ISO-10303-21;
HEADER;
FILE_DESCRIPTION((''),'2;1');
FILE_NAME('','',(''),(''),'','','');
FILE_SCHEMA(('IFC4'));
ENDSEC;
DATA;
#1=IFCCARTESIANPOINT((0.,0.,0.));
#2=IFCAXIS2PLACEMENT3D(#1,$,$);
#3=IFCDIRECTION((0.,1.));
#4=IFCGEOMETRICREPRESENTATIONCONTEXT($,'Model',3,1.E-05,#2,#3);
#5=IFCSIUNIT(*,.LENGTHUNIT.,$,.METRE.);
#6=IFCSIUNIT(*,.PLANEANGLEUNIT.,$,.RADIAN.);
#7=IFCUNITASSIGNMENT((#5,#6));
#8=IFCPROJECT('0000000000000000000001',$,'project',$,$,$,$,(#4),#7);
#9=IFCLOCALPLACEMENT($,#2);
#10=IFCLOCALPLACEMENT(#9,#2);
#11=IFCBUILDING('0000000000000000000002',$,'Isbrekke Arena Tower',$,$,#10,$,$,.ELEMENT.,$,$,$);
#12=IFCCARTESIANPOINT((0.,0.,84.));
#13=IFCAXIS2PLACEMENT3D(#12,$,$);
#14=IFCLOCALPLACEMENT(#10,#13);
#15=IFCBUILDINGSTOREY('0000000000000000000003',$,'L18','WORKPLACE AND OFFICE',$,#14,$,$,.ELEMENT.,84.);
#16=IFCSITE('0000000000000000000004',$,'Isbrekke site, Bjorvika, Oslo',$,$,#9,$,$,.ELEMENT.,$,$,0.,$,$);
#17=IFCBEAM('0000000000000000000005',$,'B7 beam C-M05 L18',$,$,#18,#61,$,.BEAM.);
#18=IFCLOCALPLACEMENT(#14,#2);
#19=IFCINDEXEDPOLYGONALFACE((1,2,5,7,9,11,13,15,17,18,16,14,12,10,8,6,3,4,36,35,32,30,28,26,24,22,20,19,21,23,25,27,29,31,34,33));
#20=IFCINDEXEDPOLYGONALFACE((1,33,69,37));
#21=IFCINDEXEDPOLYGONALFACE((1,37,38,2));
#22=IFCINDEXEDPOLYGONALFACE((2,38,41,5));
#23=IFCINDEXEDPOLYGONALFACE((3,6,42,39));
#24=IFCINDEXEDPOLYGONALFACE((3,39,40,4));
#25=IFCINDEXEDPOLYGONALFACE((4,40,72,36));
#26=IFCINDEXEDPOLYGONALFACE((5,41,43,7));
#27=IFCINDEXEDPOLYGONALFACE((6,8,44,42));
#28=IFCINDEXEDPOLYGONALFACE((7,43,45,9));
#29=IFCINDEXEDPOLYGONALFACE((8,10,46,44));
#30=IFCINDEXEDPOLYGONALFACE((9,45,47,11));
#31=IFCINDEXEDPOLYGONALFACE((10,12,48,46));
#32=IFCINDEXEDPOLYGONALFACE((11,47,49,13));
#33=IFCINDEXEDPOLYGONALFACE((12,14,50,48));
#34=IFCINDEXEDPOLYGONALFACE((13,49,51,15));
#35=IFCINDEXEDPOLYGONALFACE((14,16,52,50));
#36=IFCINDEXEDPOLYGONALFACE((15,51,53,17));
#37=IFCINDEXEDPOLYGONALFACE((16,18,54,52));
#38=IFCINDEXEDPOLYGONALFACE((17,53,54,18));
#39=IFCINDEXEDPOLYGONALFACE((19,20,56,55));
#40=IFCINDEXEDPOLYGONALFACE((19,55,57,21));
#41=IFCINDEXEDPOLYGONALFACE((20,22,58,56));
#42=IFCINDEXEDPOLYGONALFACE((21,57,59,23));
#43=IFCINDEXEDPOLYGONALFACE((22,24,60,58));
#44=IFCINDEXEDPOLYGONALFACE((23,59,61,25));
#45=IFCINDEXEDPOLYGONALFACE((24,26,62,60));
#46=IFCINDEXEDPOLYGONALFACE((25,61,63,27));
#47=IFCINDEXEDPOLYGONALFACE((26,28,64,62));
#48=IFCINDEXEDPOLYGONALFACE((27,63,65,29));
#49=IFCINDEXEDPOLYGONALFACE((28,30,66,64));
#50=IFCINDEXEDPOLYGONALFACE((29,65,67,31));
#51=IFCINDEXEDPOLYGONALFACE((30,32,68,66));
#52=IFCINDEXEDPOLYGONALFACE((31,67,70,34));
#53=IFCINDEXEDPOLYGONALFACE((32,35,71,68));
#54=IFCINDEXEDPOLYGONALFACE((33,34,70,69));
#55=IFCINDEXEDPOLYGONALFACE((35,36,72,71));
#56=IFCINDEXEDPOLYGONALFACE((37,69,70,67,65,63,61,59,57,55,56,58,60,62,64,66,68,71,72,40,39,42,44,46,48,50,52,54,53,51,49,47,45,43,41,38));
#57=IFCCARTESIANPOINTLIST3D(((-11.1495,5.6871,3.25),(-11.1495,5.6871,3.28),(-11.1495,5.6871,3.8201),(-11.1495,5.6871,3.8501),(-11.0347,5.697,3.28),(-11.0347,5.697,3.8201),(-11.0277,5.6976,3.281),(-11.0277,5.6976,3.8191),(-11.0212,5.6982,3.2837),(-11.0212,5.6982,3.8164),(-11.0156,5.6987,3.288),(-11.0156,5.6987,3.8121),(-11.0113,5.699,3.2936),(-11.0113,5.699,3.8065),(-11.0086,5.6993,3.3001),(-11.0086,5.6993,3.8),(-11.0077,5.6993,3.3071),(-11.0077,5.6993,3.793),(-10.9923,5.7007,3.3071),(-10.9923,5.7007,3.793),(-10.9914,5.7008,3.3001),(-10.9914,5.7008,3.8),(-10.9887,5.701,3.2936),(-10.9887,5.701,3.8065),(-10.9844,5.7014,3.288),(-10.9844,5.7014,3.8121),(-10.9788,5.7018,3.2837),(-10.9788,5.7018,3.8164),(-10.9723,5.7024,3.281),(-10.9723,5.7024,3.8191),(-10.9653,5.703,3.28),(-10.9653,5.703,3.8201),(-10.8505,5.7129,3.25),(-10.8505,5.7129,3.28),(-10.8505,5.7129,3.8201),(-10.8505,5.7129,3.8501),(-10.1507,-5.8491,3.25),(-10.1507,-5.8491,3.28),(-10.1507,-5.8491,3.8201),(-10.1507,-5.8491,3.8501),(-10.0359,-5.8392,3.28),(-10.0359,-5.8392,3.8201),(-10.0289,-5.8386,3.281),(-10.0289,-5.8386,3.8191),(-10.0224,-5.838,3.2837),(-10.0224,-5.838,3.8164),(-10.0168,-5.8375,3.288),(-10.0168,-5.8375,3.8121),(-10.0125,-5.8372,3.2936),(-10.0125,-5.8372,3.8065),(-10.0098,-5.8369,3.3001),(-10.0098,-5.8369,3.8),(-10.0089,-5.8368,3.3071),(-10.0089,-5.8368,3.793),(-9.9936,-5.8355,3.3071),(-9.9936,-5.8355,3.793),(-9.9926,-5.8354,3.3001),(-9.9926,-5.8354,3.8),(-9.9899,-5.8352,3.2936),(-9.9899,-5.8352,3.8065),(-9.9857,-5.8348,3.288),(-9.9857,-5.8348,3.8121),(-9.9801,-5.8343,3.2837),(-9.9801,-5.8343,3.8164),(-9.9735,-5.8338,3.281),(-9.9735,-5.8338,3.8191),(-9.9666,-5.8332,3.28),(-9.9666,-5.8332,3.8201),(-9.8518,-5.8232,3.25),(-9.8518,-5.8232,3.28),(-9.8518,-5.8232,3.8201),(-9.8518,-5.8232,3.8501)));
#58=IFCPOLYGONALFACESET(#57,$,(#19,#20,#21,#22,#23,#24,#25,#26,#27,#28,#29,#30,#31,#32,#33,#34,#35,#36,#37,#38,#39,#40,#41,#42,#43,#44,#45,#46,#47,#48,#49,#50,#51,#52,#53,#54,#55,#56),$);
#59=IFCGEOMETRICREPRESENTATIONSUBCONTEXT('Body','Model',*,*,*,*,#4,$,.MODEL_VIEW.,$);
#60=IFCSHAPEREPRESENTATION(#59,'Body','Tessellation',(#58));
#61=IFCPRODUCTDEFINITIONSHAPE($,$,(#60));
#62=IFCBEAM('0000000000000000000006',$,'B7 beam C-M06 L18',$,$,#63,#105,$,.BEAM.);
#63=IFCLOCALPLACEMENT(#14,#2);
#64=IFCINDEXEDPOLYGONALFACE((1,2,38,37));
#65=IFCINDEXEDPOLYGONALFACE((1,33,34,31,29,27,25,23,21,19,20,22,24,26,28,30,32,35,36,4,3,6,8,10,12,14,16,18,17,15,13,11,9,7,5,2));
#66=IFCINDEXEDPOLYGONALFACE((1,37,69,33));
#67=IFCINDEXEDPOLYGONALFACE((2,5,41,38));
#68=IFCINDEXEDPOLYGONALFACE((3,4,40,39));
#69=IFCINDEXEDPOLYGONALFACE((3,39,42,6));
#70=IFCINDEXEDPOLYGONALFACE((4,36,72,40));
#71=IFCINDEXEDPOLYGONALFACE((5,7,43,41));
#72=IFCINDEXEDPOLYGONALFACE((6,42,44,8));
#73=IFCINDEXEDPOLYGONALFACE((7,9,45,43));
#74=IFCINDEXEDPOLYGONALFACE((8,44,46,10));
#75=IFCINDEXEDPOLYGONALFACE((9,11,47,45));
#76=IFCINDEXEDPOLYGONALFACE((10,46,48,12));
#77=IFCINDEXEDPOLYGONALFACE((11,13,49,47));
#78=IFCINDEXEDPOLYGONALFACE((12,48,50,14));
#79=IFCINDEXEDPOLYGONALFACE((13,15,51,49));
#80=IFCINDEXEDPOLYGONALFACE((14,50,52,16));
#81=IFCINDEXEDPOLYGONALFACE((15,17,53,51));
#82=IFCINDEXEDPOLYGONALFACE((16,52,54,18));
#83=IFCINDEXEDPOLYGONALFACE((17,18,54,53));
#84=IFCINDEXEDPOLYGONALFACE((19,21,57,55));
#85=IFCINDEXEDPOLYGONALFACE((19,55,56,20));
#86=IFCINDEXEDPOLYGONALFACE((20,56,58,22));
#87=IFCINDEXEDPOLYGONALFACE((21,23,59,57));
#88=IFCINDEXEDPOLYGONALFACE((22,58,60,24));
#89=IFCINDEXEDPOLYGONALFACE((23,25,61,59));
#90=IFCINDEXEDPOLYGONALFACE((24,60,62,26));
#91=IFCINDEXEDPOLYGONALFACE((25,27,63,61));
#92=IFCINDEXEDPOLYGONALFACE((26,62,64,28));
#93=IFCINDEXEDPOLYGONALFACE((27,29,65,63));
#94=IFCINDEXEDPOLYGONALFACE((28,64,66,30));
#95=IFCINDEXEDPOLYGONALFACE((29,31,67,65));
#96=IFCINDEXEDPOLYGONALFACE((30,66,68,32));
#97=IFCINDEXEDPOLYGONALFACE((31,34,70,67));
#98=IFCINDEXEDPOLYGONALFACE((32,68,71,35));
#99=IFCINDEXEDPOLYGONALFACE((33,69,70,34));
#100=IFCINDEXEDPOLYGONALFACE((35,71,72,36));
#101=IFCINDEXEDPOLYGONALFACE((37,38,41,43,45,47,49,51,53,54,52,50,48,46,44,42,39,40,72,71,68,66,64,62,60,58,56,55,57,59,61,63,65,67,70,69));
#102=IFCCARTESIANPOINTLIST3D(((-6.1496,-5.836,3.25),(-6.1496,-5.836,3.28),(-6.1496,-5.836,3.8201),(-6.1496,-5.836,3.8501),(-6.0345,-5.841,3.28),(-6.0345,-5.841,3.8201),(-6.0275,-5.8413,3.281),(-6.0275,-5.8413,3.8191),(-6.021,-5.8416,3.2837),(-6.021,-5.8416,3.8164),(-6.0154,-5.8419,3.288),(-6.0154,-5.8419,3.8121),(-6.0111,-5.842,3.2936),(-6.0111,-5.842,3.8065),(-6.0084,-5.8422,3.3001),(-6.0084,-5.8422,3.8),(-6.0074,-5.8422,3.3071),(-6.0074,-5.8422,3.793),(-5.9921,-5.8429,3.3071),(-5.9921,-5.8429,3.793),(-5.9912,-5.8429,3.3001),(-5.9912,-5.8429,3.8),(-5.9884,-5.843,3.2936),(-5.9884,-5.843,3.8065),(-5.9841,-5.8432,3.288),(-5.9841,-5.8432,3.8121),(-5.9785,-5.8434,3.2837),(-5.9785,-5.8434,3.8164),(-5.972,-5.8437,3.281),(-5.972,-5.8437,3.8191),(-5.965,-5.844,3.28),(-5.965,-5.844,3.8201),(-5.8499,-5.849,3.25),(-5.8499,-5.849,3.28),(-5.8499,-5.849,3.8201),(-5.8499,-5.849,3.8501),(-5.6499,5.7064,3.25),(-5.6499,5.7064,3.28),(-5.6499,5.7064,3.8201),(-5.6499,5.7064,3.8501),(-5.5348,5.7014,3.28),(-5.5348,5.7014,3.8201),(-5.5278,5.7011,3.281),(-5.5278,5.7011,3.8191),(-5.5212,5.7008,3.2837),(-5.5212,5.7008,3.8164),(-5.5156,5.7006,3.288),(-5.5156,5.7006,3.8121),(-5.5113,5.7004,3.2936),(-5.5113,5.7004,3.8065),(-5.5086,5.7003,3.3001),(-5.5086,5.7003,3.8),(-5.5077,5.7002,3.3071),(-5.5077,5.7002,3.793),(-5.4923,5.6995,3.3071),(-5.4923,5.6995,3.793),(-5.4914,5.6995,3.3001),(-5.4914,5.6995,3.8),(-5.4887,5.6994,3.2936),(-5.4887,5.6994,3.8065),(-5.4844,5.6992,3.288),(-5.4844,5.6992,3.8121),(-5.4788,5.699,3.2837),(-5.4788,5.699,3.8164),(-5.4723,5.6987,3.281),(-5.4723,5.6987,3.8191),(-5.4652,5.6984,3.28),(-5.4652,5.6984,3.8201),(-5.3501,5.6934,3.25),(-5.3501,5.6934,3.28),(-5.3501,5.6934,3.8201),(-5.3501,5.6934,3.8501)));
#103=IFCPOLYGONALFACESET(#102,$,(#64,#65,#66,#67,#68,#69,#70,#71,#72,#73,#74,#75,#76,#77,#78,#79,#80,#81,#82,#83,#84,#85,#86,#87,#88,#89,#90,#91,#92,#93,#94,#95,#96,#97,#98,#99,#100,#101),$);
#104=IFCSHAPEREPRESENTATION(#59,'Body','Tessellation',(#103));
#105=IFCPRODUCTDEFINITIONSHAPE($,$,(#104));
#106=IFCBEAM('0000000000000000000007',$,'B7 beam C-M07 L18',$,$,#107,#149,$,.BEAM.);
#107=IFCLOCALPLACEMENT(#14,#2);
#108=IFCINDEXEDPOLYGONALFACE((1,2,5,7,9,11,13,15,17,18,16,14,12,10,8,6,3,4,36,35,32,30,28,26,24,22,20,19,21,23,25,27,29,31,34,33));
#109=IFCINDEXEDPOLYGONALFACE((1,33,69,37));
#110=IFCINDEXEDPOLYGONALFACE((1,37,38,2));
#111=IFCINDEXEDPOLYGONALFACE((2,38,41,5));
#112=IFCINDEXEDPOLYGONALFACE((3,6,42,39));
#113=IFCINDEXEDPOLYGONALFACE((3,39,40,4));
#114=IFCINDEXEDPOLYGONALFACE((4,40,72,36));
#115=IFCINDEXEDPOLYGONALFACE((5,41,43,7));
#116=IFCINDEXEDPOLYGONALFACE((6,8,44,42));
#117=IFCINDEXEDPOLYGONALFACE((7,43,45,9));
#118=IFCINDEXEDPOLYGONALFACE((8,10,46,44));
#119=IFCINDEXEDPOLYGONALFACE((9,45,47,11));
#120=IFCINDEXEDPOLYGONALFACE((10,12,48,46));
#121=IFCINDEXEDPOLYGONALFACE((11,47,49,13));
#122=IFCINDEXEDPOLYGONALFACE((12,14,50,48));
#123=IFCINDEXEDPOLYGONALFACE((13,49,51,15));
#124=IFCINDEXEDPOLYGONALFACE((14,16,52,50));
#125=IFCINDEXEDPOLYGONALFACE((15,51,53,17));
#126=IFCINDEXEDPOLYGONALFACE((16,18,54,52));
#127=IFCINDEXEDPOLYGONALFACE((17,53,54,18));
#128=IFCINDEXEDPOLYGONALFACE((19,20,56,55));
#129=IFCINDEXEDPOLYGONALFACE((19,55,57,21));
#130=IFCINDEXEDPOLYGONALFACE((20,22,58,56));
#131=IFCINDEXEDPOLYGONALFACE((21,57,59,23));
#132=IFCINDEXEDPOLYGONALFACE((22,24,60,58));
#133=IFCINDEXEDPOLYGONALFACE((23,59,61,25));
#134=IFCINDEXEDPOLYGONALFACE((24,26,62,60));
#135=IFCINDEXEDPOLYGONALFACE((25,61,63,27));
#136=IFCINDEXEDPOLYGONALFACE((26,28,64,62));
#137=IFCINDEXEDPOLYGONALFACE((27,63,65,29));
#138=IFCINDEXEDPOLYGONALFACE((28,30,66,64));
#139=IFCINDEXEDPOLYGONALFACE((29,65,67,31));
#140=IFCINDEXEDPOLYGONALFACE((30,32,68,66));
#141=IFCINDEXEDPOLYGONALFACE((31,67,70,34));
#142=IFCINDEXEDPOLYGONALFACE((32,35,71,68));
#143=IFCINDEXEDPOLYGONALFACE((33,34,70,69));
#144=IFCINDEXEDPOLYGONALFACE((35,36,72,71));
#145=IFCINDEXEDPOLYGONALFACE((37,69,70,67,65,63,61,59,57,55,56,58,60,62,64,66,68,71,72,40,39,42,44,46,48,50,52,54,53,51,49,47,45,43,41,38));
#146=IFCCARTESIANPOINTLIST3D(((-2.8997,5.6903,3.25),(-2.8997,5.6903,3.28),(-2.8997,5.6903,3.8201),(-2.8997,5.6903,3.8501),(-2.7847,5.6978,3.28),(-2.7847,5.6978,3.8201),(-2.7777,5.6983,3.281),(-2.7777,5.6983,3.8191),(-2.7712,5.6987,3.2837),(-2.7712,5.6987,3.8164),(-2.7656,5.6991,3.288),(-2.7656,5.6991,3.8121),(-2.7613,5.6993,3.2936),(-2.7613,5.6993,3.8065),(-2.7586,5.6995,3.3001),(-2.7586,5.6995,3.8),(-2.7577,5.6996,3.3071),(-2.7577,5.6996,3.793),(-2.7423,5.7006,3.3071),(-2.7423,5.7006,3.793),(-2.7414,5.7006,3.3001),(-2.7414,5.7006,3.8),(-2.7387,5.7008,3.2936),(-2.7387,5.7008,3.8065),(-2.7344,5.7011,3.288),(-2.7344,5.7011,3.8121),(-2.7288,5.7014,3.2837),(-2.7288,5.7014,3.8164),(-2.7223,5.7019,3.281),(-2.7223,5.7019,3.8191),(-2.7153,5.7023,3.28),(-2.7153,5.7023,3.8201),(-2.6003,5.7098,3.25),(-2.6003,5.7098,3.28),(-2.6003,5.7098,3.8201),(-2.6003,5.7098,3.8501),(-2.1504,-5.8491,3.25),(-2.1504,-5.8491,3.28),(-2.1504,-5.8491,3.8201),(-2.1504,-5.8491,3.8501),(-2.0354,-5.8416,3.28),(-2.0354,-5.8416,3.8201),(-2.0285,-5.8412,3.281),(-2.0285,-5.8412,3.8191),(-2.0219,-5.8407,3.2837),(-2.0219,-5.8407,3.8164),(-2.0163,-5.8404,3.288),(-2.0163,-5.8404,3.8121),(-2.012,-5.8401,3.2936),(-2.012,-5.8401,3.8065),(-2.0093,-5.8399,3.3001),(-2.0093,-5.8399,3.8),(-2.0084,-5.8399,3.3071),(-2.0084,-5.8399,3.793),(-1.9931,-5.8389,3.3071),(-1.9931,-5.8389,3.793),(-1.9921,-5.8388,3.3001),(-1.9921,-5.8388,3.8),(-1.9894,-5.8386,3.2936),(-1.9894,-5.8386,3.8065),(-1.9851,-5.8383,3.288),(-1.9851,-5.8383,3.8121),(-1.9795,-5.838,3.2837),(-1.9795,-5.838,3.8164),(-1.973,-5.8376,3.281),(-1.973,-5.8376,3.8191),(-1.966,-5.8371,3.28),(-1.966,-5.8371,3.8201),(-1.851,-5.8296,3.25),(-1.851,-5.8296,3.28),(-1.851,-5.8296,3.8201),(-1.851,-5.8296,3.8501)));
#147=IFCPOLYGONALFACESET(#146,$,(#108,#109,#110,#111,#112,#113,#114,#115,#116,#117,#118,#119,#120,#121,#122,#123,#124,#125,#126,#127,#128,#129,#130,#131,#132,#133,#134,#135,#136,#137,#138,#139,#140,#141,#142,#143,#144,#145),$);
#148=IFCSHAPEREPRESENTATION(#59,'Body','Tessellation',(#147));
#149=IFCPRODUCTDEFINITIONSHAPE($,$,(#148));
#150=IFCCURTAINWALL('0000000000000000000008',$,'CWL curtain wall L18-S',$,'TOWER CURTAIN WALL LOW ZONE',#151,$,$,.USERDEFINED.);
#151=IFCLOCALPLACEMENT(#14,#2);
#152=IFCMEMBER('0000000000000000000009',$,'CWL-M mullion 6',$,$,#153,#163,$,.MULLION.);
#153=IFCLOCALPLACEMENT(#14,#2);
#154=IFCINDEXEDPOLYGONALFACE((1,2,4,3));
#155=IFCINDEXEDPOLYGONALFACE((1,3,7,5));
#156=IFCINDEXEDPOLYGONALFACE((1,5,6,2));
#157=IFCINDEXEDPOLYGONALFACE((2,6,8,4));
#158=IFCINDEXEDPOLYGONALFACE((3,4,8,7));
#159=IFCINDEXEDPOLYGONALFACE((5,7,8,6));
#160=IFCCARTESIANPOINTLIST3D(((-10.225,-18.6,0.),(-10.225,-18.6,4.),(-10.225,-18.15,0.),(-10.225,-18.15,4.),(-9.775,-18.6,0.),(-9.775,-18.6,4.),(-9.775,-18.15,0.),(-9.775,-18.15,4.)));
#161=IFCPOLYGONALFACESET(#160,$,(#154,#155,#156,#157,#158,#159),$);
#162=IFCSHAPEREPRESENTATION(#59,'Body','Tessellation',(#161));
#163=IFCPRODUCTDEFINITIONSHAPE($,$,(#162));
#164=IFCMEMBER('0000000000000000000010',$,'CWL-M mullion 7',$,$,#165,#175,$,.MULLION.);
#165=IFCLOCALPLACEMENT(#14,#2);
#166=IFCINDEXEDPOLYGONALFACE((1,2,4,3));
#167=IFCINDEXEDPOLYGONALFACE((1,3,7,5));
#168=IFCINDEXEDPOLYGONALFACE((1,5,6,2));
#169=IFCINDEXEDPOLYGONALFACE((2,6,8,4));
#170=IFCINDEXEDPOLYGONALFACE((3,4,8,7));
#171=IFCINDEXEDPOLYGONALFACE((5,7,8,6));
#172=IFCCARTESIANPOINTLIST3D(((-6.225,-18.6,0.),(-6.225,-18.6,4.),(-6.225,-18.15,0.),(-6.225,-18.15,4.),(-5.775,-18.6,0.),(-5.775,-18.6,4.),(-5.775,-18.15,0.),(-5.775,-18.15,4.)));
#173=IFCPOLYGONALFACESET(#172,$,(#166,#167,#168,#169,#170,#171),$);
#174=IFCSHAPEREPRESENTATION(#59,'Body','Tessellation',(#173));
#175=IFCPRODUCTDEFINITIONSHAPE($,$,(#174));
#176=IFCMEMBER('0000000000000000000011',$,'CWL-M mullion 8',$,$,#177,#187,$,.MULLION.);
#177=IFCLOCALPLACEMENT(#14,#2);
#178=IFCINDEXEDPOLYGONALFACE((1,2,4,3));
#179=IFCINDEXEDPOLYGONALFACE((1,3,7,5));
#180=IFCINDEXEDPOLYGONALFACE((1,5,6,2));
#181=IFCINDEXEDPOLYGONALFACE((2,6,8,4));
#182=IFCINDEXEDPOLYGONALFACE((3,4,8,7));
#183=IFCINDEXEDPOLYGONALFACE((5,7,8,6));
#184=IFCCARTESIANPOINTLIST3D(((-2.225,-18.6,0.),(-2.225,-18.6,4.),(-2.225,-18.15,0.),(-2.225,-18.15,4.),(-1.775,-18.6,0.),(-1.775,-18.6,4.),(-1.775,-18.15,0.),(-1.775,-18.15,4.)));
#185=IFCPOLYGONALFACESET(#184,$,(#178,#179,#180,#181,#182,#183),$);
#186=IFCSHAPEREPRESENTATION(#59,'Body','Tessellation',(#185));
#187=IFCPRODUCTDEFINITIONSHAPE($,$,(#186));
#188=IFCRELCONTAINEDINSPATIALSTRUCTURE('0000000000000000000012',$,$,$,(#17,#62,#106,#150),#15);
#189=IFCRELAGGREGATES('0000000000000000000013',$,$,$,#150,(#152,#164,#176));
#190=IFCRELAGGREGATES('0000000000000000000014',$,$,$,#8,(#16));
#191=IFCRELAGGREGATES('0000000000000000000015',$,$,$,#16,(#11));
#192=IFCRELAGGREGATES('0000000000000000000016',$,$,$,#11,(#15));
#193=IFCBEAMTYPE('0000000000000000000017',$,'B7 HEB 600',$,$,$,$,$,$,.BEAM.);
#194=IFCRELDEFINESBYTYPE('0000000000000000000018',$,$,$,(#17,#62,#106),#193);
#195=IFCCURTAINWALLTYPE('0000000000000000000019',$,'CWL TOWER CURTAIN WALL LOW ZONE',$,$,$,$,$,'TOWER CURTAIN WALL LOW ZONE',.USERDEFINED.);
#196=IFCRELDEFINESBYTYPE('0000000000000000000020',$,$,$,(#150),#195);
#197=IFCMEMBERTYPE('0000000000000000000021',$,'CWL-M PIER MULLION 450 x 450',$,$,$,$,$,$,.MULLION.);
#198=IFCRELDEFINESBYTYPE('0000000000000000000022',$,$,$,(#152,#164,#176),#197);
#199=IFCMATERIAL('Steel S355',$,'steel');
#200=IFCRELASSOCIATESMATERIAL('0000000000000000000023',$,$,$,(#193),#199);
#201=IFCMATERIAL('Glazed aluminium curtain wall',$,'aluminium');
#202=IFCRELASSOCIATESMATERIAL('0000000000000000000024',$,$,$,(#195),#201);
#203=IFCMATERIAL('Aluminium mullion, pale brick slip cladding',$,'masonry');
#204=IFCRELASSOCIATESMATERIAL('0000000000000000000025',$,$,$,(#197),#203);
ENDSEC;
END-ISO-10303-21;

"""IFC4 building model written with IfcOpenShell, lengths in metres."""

from ifc_helpers import new_model, si_unit, direction, frame, origin, origin_2d, place, context, subcontext, project, spatial, rectangle, i_section, extrude, material, material_profile, profile_set, type_object, element, aggregate, save


model = new_model("IFC4")

# Units and contexts
model_context = context("Model", 3, precision=1e-05, world=origin(), true_north=direction((0.0, 1.0)))
body_context = subcontext(model_context, "Body", "Model", "MODEL_VIEW")
ifc_project = project(units=[si_unit("LENGTHUNIT", "METRE"), si_unit("PLANEANGLEUNIT", "RADIAN")], contexts=[model_context])

# Site, building, storey
site_placement = place(None, origin())
site = spatial("IfcSite", under=ifc_project, at=site_placement, Name="Isbrekke site, Bjorvika, Oslo", CompositionType="ELEMENT", RefElevation=0.0)
building_placement = place(site_placement, origin())
building = spatial("IfcBuilding", under=site, at=building_placement, Name="Isbrekke Arena Tower", CompositionType="ELEMENT")
storey_placement = place(building_placement, frame((0.0, 0.0, 84.0)))
storey = spatial("IfcBuildingStorey", under=building, at=storey_placement, Name="L18", Description="WORKPLACE AND OFFICE", CompositionType="ELEMENT", Elevation=84.0)

# Beams
ifc_material_1 = material(Name="Steel S355", Category="steel")
ifc_material_profile_1 = material_profile(ifc_material_1, i_section(OverallWidth=0.3, OverallDepth=0.6001, WebThickness=0.0154, FlangeThickness=0.03, FilletRadius=0.0271, at=origin_2d()), Name="HEB 600")
ifc_profile_set_1 = profile_set([ifc_material_profile_1], Name="Steel S355")
beam_type_1 = type_object("IfcBeamType", Name="B7 HEB 600", PredefinedType="BEAM", material=ifc_profile_set_1)
beam_1_placement = place(storey_placement, frame((-10.0012, -5.8362, 3.55), z_axis=(-0.086256, 0.996273, 0.0), x_axis=(-0.996273, -0.086256, 0.0)))
element("IfcBeam", 1, at=beam_1_placement, inside=storey, type_object=beam_type_1, Name="B7 beam C-M05 L18", PredefinedType="BEAM", context=body_context, shape_type="SweptSolid", body=[
    extrude(i_section(OverallWidth=0.3, OverallDepth=0.6001, WebThickness=0.0154, FlangeThickness=0.03, FilletRadius=0.0271, at=origin_2d()), origin(), (0.0, 0.0, 1.0), 11.5793),
])
beam_2_placement = place(storey_placement, frame((-5.9998, -5.8425, 3.55), z_axis=(0.043257, 0.999064, 0.0), x_axis=(-0.999064, 0.043257, 0.0)))
element("IfcBeam", 2, at=beam_2_placement, inside=storey, type_object=beam_type_1, Name="B7 beam C-M06 L18", PredefinedType="BEAM", context=body_context, shape_type="SweptSolid", body=[
    extrude(i_section(OverallWidth=0.3, OverallDepth=0.6001, WebThickness=0.0154, FlangeThickness=0.03, FilletRadius=0.0271, at=origin_2d()), origin(), (0.0, 0.0, 1.0), 11.5532),
])
beam_3_placement = place(storey_placement, frame((-2.0007, -5.8394, 3.55), z_axis=(-0.064795, 0.997899, 0.0), x_axis=(-0.997899, -0.064795, 0.0)))
element("IfcBeam", 3, at=beam_3_placement, inside=storey, type_object=beam_type_1, Name="B7 beam C-M07 L18", PredefinedType="BEAM", context=body_context, shape_type="SweptSolid", body=[
    extrude(i_section(OverallWidth=0.3, OverallDepth=0.6001, WebThickness=0.0154, FlangeThickness=0.03, FilletRadius=0.0271, at=origin_2d()), origin(), (0.0, 0.0, 1.0), 11.5637),
])

# Curtain wall, members
ifc_material_2 = material(Name="Glazed aluminium curtain wall", Category="aluminium")
curtain_wall_type = type_object("IfcCurtainWallType", Name="CWL TOWER CURTAIN WALL LOW ZONE", ElementType="TOWER CURTAIN WALL LOW ZONE", PredefinedType="USERDEFINED", material=ifc_material_2)
curtain_wall_placement = place(storey_placement, origin())
curtain_wall = element("IfcCurtainWall", 4, at=curtain_wall_placement, inside=storey, type_object=curtain_wall_type, Name="CWL curtain wall L18-S", ObjectType="TOWER CURTAIN WALL LOW ZONE", PredefinedType="USERDEFINED")
ifc_material_3 = material(Name="Aluminium mullion, pale brick slip cladding", Category="masonry")
ifc_material_profile_2 = material_profile(ifc_material_3, rectangle(XDim=0.45, YDim=0.45, at=origin_2d()), Name="PIER 450X450")
ifc_profile_set_2 = profile_set([ifc_material_profile_2], Name="Aluminium mullion, pale brick slip cladding")
member_type_1 = type_object("IfcMemberType", Name="CWL-M PIER MULLION 450 x 450", PredefinedType="MULLION", material=ifc_profile_set_2)
member_1_placement = place(storey_placement, frame((-10.0, -18.375, 0.0), z_axis=(0.0, 0.0, 1.0), x_axis=(1.0, 0.0, 0.0)))
member_1 = element("IfcMember", 5, at=member_1_placement, type_object=member_type_1, Name="CWL-M mullion 6", PredefinedType="MULLION", context=body_context, shape_type="SweptSolid", body=[
    extrude(rectangle(XDim=0.45, YDim=0.45, at=origin_2d()), origin(), (0.0, 0.0, 1.0), 4.0),
])
member_2_placement = place(storey_placement, frame((-6.0, -18.375, 0.0), z_axis=(0.0, 0.0, 1.0), x_axis=(1.0, 0.0, 0.0)))
member_2 = element("IfcMember", 6, at=member_2_placement, type_object=member_type_1, Name="CWL-M mullion 7", PredefinedType="MULLION", context=body_context, shape_type="SweptSolid", body=[
    extrude(rectangle(XDim=0.45, YDim=0.45, at=origin_2d()), origin(), (0.0, 0.0, 1.0), 4.0),
])
member_3_placement = place(storey_placement, frame((-2.0, -18.375, 0.0), z_axis=(0.0, 0.0, 1.0), x_axis=(1.0, 0.0, 0.0)))
member_3 = element("IfcMember", 7, at=member_3_placement, type_object=member_type_1, Name="CWL-M mullion 8", PredefinedType="MULLION", context=body_context, shape_type="SweptSolid", body=[
    extrude(rectangle(XDim=0.45, YDim=0.45, at=origin_2d()), origin(), (0.0, 0.0, 1.0), 4.0),
])

aggregate(curtain_wall, [member_1, member_2, member_3])

save(model, "model.ifc")
